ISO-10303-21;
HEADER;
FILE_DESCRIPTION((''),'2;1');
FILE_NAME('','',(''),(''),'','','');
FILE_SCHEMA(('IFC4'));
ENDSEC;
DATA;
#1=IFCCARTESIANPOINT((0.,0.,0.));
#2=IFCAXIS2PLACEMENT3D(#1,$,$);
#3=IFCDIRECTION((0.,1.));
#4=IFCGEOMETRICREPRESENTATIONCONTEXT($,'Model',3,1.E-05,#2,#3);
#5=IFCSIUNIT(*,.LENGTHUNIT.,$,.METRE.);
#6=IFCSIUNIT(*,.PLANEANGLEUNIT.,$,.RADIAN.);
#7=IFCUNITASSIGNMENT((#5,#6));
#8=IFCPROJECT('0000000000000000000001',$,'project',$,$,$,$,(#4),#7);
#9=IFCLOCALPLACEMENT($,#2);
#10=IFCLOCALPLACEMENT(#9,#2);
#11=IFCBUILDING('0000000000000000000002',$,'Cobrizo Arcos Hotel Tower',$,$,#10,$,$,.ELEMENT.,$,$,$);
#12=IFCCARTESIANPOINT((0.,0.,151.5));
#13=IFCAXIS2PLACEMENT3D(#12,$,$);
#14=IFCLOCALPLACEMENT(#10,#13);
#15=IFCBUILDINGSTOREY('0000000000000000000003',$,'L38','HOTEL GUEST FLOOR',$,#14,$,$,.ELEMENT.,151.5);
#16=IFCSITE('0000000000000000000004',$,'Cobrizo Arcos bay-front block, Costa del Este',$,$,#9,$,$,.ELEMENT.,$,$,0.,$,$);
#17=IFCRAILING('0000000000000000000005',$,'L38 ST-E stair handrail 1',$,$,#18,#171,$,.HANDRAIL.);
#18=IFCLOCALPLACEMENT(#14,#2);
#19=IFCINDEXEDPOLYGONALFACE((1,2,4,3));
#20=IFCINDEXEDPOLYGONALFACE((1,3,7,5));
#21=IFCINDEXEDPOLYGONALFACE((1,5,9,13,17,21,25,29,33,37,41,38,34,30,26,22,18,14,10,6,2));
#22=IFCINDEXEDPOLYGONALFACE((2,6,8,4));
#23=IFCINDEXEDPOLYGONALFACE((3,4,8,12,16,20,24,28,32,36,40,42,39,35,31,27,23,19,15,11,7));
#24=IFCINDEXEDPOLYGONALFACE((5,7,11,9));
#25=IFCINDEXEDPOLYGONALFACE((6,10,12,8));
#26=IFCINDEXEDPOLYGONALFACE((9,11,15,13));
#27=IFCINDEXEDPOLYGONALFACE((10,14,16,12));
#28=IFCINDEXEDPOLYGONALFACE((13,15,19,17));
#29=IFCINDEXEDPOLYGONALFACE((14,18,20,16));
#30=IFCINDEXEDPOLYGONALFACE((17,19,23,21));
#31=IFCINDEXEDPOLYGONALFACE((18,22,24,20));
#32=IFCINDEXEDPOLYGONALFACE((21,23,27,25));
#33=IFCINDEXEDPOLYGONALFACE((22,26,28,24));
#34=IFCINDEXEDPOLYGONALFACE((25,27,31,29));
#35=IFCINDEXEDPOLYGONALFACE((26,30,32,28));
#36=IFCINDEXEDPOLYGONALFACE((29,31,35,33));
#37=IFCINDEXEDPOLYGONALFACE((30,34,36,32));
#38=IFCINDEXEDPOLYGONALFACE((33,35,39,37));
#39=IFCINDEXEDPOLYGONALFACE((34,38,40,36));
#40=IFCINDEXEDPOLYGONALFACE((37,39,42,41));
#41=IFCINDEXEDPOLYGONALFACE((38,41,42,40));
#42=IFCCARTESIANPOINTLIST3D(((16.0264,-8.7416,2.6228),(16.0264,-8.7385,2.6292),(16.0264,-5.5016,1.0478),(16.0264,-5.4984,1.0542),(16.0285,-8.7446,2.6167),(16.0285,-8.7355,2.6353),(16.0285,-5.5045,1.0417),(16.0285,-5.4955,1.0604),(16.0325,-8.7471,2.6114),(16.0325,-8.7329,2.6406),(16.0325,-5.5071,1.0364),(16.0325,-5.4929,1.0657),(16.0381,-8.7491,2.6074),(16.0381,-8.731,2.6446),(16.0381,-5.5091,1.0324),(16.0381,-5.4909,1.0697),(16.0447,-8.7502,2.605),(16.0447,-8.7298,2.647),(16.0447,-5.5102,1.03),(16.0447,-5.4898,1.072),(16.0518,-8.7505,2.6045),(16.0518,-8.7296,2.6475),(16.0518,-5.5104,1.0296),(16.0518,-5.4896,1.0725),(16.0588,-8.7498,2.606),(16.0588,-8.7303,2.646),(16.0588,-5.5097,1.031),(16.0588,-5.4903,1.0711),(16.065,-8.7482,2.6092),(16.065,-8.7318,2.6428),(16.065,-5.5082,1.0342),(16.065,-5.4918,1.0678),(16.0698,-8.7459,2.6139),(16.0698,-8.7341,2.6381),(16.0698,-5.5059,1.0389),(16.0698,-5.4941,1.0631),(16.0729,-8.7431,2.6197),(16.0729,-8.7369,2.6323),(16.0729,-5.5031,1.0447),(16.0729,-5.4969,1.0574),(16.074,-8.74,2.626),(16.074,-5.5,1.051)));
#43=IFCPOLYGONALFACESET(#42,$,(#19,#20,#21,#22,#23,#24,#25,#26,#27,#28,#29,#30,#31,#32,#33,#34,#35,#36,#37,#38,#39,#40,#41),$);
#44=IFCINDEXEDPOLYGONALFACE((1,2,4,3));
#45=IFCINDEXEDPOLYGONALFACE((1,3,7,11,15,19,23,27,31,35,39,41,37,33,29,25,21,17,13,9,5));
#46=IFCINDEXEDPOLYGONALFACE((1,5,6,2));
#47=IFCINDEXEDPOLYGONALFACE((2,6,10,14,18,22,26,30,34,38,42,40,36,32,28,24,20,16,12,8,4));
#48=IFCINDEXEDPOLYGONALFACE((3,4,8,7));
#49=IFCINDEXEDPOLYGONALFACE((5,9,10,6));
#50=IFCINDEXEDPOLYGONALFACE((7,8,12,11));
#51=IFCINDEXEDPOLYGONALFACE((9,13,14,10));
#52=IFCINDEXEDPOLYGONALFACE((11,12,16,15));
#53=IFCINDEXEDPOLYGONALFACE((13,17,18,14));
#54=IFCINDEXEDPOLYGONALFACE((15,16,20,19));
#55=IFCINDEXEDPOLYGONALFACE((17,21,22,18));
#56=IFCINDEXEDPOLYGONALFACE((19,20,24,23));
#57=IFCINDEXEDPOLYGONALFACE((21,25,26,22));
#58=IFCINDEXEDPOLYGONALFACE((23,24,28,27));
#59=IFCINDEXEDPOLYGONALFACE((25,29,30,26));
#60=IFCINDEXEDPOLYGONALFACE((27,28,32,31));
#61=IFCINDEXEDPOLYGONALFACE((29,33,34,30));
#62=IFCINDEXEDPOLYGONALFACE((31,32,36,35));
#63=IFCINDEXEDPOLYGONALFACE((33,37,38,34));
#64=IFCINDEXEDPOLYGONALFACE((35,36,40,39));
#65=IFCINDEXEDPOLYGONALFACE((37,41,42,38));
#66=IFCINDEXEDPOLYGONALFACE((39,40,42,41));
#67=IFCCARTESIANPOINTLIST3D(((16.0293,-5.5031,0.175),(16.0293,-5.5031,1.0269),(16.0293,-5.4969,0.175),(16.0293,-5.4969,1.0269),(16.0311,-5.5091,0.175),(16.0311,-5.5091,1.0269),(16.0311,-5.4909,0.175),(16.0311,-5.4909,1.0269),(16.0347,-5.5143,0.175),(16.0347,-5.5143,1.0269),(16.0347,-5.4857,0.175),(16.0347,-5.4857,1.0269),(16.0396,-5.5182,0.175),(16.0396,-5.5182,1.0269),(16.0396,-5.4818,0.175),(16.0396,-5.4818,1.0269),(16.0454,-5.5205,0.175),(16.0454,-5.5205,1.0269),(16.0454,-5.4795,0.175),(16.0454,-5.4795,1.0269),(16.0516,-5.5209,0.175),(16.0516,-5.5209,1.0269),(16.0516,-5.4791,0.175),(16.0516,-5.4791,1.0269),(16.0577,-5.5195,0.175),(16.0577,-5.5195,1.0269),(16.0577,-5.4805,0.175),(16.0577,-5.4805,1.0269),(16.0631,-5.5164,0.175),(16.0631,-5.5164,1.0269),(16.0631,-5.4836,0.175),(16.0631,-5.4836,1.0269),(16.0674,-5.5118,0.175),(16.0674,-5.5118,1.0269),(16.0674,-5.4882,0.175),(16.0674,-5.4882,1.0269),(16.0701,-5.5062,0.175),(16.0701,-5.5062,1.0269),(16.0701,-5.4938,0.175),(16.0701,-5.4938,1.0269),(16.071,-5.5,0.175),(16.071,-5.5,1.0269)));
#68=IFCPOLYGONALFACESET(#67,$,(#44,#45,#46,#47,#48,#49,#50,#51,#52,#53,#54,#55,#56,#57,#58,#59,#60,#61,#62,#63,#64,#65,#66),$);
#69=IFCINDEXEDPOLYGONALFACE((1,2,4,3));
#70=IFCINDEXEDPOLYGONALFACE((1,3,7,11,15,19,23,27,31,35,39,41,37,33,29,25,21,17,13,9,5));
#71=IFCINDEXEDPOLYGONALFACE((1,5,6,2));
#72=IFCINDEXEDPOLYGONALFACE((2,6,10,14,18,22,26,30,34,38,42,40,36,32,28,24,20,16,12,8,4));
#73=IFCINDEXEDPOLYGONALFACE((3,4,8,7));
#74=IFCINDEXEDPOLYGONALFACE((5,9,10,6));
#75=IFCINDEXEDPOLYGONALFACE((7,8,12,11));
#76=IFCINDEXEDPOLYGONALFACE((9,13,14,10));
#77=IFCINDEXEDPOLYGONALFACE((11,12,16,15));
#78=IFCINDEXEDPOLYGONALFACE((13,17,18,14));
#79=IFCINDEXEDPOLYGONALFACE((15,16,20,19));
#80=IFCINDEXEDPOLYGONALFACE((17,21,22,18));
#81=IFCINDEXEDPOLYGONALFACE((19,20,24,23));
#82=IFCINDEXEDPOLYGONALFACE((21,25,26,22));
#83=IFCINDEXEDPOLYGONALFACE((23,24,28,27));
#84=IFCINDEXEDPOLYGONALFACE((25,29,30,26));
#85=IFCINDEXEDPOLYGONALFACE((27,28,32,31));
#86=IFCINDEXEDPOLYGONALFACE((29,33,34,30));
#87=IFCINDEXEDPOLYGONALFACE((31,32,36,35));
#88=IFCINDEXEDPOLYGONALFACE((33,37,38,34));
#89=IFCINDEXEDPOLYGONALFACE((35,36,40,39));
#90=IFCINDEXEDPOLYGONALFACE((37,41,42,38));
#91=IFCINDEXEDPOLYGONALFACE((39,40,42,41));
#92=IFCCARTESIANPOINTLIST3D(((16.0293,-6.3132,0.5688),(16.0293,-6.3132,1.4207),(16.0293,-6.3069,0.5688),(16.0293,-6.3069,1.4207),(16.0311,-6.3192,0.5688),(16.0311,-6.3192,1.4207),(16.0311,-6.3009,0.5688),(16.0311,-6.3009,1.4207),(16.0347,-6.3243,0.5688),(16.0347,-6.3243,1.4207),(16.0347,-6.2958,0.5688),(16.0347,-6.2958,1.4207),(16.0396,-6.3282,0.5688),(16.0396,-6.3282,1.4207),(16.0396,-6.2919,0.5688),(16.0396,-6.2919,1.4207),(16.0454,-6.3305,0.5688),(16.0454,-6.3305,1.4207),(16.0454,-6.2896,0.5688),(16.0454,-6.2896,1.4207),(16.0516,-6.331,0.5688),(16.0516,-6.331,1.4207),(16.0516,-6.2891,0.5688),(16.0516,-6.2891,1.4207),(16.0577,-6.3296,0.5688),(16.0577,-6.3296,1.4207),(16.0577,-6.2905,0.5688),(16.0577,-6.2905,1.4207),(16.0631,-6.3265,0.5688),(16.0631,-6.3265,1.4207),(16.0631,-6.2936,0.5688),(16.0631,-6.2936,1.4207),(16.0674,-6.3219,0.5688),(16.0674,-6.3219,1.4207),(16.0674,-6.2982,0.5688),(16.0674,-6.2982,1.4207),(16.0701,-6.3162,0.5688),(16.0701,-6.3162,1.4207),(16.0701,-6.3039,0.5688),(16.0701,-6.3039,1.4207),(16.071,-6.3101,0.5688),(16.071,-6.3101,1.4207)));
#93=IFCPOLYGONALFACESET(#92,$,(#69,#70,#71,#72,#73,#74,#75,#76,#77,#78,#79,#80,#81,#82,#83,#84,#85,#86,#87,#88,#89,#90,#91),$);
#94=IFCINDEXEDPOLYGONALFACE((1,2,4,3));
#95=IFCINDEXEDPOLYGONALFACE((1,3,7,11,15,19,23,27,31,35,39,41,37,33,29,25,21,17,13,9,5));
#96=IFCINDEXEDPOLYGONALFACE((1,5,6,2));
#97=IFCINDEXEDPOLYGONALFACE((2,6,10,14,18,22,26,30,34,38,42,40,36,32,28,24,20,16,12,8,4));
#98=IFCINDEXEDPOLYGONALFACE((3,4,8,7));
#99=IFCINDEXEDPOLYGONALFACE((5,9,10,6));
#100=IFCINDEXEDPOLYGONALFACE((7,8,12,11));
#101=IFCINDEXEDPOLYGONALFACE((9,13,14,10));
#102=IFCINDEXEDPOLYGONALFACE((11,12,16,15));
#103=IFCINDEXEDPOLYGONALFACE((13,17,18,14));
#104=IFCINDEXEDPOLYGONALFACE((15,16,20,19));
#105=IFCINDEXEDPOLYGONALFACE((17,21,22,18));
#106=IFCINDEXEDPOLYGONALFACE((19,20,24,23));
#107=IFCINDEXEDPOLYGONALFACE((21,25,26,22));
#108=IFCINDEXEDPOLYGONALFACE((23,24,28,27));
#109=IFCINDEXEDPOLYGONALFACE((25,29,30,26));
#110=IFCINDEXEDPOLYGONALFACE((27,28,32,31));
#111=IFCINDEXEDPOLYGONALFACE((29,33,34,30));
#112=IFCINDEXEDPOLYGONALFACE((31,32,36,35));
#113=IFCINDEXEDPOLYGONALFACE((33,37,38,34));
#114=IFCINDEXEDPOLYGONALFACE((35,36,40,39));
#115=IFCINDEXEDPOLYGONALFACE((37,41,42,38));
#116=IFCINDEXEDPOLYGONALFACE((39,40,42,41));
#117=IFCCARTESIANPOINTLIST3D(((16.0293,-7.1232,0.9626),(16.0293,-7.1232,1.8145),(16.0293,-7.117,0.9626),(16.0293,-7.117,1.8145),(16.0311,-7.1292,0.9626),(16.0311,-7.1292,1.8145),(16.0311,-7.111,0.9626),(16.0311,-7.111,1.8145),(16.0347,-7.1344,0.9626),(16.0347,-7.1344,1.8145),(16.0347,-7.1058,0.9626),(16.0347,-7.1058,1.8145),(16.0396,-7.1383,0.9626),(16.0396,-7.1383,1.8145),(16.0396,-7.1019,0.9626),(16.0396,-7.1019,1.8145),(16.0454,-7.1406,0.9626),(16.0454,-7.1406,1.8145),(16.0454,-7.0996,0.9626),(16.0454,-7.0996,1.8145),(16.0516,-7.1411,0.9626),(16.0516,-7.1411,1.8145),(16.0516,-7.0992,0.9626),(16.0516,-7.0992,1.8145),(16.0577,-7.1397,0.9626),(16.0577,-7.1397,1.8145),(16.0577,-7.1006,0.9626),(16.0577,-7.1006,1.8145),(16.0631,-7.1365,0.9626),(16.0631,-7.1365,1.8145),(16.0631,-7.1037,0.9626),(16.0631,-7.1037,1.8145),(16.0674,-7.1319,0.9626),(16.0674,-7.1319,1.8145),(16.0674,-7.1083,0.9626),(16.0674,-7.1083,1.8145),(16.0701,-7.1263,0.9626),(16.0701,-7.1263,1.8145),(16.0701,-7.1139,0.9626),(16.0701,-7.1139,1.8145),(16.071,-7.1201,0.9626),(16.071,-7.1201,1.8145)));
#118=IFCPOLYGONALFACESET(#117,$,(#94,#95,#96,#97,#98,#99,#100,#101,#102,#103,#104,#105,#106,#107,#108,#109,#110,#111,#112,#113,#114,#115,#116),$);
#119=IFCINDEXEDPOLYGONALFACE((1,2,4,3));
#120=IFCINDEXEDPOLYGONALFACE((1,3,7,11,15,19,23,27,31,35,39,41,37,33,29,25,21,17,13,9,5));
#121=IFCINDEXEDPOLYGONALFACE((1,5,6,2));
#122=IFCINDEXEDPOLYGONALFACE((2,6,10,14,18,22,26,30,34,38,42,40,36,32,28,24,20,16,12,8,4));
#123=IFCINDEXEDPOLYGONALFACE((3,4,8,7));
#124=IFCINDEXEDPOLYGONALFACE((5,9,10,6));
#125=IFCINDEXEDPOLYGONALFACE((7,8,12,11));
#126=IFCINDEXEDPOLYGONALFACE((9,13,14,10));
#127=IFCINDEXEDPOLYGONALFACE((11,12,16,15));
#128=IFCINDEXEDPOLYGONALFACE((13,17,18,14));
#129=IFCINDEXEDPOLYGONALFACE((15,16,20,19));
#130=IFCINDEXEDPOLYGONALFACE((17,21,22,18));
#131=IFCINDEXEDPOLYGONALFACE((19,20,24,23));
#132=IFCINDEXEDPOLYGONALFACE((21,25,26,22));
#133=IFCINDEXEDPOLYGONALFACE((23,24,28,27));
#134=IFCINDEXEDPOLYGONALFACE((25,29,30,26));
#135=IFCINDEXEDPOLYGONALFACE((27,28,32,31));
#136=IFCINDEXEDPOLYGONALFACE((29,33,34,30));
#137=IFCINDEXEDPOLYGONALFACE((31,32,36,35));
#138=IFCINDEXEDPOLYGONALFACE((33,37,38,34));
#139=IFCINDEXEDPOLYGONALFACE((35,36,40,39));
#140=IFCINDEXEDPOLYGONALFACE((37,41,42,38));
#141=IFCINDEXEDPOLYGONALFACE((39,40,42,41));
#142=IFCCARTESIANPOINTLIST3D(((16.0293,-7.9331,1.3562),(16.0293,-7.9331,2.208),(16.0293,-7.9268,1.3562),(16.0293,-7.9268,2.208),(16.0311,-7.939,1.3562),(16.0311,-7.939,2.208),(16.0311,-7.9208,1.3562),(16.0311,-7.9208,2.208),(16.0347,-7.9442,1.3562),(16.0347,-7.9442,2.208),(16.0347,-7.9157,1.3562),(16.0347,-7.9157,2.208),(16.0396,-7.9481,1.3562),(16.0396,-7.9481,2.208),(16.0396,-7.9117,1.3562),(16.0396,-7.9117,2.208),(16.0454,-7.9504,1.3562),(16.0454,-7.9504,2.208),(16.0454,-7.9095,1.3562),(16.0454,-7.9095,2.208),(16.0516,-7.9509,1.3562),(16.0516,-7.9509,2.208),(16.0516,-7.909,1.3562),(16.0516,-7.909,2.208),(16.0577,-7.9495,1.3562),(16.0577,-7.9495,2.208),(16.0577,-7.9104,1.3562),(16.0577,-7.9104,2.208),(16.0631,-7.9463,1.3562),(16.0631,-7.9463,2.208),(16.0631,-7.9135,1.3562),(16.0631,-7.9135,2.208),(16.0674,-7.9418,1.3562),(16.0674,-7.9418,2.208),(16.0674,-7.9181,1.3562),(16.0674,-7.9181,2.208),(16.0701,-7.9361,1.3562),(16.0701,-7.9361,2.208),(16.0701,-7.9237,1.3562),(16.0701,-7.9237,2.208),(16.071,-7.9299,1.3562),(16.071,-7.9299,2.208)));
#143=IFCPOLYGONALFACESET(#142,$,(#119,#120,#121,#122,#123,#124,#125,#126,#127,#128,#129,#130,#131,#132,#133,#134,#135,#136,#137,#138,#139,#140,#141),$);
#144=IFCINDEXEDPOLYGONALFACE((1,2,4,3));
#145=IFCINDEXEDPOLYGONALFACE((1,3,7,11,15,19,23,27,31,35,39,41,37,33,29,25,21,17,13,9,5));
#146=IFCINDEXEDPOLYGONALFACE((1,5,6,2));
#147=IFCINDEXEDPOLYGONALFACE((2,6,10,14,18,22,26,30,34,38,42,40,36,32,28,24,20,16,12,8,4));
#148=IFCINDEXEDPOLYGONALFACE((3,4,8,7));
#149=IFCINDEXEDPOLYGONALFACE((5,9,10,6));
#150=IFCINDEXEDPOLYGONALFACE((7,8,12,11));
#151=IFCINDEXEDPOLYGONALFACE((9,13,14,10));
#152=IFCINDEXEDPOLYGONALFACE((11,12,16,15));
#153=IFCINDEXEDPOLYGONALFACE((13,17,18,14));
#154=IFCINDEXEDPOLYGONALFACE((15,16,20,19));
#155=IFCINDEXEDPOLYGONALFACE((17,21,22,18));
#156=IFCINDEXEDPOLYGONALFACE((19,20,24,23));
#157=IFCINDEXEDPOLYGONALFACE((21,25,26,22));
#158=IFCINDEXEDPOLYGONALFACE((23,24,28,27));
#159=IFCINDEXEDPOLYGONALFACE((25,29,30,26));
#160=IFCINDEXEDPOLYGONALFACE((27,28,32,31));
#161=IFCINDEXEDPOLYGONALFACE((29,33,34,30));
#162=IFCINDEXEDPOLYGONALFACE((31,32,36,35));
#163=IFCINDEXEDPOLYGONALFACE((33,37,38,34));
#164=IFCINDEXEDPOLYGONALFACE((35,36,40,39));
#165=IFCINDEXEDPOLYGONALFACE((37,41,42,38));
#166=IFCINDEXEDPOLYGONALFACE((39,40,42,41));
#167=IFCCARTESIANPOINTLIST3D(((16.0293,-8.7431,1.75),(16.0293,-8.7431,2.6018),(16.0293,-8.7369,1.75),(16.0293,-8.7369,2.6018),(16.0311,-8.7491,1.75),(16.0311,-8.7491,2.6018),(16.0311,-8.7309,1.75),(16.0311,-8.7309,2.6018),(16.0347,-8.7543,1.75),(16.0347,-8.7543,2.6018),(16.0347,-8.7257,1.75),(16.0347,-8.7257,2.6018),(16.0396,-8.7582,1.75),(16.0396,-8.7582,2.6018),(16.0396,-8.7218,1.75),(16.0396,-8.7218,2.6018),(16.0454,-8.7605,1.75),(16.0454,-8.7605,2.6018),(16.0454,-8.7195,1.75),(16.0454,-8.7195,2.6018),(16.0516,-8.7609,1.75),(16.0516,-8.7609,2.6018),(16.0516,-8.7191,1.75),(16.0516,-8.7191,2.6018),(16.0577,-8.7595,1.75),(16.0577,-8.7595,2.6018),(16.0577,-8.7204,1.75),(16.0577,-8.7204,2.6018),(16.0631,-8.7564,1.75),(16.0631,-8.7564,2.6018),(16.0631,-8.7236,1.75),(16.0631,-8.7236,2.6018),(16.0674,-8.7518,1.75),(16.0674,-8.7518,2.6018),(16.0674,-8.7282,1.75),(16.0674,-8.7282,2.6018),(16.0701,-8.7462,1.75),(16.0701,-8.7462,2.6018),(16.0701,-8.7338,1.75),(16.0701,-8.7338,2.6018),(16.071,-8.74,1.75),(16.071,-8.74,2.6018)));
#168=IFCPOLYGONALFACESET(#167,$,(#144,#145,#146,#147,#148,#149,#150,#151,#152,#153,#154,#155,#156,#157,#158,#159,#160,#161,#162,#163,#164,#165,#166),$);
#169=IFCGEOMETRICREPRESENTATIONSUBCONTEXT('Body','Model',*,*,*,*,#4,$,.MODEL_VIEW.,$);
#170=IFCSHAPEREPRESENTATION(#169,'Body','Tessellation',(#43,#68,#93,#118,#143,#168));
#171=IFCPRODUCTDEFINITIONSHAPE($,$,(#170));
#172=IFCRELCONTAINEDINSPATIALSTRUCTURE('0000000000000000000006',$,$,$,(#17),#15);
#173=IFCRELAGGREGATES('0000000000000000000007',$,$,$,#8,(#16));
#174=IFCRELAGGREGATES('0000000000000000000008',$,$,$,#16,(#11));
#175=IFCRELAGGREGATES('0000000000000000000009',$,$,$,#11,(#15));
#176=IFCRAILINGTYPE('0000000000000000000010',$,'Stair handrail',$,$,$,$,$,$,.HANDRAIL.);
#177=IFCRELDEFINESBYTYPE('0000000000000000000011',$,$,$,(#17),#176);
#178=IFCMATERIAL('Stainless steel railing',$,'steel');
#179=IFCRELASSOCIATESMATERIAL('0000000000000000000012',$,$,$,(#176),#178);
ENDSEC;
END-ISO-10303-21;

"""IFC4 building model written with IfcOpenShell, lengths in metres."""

from ifc_helpers import new_model, si_unit, direction, frame, origin, origin_2d, place, context, subcontext, project, spatial, circle, extrude, material, type_object, element, save


model = new_model("IFC4")

# Units and contexts
model_context = context("Model", 3, precision=1e-05, world=origin(), true_north=direction((0.0, 1.0)))
body_context = subcontext(model_context, "Body", "Model", "MODEL_VIEW")
ifc_project = project(units=[si_unit("LENGTHUNIT", "METRE"), si_unit("PLANEANGLEUNIT", "RADIAN")], contexts=[model_context])

# Site, building, storey
site_placement = place(None, origin())
site = spatial("IfcSite", under=ifc_project, at=site_placement, Name="Cobrizo Arcos bay-front block, Costa del Este", CompositionType="ELEMENT", RefElevation=0.0)
building_placement = place(site_placement, origin())
building = spatial("IfcBuilding", under=site, at=building_placement, Name="Cobrizo Arcos Hotel Tower", CompositionType="ELEMENT")
storey_placement = place(building_placement, frame((0.0, 0.0, 151.5)))
storey = spatial("IfcBuildingStorey", under=building, at=storey_placement, Name="L38", Description="HOTEL GUEST FLOOR", CompositionType="ELEMENT", Elevation=151.5)

# Railing
ifc_material_1 = material(Name="Stainless steel railing", Category="steel")
railing_type_1 = type_object("IfcRailingType", Name="Stair handrail", PredefinedType="HANDRAIL", material=ifc_material_1)
railing_1_placement = place(storey_placement, frame((16.05, -5.5, 0.175)))
element("IfcRailing", 1, at=railing_1_placement, inside=storey, type_object=railing_type_1, Name="L38 ST-E stair handrail 1", PredefinedType="HANDRAIL", context=body_context, shape_type="SweptSolid", body=[
    extrude(circle(Radius=0.0239, at=origin_2d()), frame((0.0, 0.0, 0.876), z_axis=(0.0, -0.899373, 0.437183), x_axis=(1.0, 0.0, 0.0)), (0.0, 0.0, 1.0), 3.6025),
    extrude(circle(Radius=0.021, at=origin_2d()), origin(), (0.0, 0.0, 1.0), 0.8518),
    extrude(circle(Radius=0.021, at=origin_2d()), frame((0.0, -0.8101, 0.3938)), (0.0, 0.0, 1.0), 0.8518),
    extrude(circle(Radius=0.021, at=origin_2d()), frame((0.0, -1.6201, 0.7876)), (0.0, 0.0, 1.0), 0.8518),
    extrude(circle(Radius=0.021, at=origin_2d()), frame((0.0, -2.4299, 1.1812)), (0.0, 0.0, 1.0), 0.8518),
    extrude(circle(Radius=0.021, at=origin_2d()), frame((0.0, -3.24, 1.575)), (0.0, 0.0, 1.0), 0.8518),
])

save(model, "model.ifc")
